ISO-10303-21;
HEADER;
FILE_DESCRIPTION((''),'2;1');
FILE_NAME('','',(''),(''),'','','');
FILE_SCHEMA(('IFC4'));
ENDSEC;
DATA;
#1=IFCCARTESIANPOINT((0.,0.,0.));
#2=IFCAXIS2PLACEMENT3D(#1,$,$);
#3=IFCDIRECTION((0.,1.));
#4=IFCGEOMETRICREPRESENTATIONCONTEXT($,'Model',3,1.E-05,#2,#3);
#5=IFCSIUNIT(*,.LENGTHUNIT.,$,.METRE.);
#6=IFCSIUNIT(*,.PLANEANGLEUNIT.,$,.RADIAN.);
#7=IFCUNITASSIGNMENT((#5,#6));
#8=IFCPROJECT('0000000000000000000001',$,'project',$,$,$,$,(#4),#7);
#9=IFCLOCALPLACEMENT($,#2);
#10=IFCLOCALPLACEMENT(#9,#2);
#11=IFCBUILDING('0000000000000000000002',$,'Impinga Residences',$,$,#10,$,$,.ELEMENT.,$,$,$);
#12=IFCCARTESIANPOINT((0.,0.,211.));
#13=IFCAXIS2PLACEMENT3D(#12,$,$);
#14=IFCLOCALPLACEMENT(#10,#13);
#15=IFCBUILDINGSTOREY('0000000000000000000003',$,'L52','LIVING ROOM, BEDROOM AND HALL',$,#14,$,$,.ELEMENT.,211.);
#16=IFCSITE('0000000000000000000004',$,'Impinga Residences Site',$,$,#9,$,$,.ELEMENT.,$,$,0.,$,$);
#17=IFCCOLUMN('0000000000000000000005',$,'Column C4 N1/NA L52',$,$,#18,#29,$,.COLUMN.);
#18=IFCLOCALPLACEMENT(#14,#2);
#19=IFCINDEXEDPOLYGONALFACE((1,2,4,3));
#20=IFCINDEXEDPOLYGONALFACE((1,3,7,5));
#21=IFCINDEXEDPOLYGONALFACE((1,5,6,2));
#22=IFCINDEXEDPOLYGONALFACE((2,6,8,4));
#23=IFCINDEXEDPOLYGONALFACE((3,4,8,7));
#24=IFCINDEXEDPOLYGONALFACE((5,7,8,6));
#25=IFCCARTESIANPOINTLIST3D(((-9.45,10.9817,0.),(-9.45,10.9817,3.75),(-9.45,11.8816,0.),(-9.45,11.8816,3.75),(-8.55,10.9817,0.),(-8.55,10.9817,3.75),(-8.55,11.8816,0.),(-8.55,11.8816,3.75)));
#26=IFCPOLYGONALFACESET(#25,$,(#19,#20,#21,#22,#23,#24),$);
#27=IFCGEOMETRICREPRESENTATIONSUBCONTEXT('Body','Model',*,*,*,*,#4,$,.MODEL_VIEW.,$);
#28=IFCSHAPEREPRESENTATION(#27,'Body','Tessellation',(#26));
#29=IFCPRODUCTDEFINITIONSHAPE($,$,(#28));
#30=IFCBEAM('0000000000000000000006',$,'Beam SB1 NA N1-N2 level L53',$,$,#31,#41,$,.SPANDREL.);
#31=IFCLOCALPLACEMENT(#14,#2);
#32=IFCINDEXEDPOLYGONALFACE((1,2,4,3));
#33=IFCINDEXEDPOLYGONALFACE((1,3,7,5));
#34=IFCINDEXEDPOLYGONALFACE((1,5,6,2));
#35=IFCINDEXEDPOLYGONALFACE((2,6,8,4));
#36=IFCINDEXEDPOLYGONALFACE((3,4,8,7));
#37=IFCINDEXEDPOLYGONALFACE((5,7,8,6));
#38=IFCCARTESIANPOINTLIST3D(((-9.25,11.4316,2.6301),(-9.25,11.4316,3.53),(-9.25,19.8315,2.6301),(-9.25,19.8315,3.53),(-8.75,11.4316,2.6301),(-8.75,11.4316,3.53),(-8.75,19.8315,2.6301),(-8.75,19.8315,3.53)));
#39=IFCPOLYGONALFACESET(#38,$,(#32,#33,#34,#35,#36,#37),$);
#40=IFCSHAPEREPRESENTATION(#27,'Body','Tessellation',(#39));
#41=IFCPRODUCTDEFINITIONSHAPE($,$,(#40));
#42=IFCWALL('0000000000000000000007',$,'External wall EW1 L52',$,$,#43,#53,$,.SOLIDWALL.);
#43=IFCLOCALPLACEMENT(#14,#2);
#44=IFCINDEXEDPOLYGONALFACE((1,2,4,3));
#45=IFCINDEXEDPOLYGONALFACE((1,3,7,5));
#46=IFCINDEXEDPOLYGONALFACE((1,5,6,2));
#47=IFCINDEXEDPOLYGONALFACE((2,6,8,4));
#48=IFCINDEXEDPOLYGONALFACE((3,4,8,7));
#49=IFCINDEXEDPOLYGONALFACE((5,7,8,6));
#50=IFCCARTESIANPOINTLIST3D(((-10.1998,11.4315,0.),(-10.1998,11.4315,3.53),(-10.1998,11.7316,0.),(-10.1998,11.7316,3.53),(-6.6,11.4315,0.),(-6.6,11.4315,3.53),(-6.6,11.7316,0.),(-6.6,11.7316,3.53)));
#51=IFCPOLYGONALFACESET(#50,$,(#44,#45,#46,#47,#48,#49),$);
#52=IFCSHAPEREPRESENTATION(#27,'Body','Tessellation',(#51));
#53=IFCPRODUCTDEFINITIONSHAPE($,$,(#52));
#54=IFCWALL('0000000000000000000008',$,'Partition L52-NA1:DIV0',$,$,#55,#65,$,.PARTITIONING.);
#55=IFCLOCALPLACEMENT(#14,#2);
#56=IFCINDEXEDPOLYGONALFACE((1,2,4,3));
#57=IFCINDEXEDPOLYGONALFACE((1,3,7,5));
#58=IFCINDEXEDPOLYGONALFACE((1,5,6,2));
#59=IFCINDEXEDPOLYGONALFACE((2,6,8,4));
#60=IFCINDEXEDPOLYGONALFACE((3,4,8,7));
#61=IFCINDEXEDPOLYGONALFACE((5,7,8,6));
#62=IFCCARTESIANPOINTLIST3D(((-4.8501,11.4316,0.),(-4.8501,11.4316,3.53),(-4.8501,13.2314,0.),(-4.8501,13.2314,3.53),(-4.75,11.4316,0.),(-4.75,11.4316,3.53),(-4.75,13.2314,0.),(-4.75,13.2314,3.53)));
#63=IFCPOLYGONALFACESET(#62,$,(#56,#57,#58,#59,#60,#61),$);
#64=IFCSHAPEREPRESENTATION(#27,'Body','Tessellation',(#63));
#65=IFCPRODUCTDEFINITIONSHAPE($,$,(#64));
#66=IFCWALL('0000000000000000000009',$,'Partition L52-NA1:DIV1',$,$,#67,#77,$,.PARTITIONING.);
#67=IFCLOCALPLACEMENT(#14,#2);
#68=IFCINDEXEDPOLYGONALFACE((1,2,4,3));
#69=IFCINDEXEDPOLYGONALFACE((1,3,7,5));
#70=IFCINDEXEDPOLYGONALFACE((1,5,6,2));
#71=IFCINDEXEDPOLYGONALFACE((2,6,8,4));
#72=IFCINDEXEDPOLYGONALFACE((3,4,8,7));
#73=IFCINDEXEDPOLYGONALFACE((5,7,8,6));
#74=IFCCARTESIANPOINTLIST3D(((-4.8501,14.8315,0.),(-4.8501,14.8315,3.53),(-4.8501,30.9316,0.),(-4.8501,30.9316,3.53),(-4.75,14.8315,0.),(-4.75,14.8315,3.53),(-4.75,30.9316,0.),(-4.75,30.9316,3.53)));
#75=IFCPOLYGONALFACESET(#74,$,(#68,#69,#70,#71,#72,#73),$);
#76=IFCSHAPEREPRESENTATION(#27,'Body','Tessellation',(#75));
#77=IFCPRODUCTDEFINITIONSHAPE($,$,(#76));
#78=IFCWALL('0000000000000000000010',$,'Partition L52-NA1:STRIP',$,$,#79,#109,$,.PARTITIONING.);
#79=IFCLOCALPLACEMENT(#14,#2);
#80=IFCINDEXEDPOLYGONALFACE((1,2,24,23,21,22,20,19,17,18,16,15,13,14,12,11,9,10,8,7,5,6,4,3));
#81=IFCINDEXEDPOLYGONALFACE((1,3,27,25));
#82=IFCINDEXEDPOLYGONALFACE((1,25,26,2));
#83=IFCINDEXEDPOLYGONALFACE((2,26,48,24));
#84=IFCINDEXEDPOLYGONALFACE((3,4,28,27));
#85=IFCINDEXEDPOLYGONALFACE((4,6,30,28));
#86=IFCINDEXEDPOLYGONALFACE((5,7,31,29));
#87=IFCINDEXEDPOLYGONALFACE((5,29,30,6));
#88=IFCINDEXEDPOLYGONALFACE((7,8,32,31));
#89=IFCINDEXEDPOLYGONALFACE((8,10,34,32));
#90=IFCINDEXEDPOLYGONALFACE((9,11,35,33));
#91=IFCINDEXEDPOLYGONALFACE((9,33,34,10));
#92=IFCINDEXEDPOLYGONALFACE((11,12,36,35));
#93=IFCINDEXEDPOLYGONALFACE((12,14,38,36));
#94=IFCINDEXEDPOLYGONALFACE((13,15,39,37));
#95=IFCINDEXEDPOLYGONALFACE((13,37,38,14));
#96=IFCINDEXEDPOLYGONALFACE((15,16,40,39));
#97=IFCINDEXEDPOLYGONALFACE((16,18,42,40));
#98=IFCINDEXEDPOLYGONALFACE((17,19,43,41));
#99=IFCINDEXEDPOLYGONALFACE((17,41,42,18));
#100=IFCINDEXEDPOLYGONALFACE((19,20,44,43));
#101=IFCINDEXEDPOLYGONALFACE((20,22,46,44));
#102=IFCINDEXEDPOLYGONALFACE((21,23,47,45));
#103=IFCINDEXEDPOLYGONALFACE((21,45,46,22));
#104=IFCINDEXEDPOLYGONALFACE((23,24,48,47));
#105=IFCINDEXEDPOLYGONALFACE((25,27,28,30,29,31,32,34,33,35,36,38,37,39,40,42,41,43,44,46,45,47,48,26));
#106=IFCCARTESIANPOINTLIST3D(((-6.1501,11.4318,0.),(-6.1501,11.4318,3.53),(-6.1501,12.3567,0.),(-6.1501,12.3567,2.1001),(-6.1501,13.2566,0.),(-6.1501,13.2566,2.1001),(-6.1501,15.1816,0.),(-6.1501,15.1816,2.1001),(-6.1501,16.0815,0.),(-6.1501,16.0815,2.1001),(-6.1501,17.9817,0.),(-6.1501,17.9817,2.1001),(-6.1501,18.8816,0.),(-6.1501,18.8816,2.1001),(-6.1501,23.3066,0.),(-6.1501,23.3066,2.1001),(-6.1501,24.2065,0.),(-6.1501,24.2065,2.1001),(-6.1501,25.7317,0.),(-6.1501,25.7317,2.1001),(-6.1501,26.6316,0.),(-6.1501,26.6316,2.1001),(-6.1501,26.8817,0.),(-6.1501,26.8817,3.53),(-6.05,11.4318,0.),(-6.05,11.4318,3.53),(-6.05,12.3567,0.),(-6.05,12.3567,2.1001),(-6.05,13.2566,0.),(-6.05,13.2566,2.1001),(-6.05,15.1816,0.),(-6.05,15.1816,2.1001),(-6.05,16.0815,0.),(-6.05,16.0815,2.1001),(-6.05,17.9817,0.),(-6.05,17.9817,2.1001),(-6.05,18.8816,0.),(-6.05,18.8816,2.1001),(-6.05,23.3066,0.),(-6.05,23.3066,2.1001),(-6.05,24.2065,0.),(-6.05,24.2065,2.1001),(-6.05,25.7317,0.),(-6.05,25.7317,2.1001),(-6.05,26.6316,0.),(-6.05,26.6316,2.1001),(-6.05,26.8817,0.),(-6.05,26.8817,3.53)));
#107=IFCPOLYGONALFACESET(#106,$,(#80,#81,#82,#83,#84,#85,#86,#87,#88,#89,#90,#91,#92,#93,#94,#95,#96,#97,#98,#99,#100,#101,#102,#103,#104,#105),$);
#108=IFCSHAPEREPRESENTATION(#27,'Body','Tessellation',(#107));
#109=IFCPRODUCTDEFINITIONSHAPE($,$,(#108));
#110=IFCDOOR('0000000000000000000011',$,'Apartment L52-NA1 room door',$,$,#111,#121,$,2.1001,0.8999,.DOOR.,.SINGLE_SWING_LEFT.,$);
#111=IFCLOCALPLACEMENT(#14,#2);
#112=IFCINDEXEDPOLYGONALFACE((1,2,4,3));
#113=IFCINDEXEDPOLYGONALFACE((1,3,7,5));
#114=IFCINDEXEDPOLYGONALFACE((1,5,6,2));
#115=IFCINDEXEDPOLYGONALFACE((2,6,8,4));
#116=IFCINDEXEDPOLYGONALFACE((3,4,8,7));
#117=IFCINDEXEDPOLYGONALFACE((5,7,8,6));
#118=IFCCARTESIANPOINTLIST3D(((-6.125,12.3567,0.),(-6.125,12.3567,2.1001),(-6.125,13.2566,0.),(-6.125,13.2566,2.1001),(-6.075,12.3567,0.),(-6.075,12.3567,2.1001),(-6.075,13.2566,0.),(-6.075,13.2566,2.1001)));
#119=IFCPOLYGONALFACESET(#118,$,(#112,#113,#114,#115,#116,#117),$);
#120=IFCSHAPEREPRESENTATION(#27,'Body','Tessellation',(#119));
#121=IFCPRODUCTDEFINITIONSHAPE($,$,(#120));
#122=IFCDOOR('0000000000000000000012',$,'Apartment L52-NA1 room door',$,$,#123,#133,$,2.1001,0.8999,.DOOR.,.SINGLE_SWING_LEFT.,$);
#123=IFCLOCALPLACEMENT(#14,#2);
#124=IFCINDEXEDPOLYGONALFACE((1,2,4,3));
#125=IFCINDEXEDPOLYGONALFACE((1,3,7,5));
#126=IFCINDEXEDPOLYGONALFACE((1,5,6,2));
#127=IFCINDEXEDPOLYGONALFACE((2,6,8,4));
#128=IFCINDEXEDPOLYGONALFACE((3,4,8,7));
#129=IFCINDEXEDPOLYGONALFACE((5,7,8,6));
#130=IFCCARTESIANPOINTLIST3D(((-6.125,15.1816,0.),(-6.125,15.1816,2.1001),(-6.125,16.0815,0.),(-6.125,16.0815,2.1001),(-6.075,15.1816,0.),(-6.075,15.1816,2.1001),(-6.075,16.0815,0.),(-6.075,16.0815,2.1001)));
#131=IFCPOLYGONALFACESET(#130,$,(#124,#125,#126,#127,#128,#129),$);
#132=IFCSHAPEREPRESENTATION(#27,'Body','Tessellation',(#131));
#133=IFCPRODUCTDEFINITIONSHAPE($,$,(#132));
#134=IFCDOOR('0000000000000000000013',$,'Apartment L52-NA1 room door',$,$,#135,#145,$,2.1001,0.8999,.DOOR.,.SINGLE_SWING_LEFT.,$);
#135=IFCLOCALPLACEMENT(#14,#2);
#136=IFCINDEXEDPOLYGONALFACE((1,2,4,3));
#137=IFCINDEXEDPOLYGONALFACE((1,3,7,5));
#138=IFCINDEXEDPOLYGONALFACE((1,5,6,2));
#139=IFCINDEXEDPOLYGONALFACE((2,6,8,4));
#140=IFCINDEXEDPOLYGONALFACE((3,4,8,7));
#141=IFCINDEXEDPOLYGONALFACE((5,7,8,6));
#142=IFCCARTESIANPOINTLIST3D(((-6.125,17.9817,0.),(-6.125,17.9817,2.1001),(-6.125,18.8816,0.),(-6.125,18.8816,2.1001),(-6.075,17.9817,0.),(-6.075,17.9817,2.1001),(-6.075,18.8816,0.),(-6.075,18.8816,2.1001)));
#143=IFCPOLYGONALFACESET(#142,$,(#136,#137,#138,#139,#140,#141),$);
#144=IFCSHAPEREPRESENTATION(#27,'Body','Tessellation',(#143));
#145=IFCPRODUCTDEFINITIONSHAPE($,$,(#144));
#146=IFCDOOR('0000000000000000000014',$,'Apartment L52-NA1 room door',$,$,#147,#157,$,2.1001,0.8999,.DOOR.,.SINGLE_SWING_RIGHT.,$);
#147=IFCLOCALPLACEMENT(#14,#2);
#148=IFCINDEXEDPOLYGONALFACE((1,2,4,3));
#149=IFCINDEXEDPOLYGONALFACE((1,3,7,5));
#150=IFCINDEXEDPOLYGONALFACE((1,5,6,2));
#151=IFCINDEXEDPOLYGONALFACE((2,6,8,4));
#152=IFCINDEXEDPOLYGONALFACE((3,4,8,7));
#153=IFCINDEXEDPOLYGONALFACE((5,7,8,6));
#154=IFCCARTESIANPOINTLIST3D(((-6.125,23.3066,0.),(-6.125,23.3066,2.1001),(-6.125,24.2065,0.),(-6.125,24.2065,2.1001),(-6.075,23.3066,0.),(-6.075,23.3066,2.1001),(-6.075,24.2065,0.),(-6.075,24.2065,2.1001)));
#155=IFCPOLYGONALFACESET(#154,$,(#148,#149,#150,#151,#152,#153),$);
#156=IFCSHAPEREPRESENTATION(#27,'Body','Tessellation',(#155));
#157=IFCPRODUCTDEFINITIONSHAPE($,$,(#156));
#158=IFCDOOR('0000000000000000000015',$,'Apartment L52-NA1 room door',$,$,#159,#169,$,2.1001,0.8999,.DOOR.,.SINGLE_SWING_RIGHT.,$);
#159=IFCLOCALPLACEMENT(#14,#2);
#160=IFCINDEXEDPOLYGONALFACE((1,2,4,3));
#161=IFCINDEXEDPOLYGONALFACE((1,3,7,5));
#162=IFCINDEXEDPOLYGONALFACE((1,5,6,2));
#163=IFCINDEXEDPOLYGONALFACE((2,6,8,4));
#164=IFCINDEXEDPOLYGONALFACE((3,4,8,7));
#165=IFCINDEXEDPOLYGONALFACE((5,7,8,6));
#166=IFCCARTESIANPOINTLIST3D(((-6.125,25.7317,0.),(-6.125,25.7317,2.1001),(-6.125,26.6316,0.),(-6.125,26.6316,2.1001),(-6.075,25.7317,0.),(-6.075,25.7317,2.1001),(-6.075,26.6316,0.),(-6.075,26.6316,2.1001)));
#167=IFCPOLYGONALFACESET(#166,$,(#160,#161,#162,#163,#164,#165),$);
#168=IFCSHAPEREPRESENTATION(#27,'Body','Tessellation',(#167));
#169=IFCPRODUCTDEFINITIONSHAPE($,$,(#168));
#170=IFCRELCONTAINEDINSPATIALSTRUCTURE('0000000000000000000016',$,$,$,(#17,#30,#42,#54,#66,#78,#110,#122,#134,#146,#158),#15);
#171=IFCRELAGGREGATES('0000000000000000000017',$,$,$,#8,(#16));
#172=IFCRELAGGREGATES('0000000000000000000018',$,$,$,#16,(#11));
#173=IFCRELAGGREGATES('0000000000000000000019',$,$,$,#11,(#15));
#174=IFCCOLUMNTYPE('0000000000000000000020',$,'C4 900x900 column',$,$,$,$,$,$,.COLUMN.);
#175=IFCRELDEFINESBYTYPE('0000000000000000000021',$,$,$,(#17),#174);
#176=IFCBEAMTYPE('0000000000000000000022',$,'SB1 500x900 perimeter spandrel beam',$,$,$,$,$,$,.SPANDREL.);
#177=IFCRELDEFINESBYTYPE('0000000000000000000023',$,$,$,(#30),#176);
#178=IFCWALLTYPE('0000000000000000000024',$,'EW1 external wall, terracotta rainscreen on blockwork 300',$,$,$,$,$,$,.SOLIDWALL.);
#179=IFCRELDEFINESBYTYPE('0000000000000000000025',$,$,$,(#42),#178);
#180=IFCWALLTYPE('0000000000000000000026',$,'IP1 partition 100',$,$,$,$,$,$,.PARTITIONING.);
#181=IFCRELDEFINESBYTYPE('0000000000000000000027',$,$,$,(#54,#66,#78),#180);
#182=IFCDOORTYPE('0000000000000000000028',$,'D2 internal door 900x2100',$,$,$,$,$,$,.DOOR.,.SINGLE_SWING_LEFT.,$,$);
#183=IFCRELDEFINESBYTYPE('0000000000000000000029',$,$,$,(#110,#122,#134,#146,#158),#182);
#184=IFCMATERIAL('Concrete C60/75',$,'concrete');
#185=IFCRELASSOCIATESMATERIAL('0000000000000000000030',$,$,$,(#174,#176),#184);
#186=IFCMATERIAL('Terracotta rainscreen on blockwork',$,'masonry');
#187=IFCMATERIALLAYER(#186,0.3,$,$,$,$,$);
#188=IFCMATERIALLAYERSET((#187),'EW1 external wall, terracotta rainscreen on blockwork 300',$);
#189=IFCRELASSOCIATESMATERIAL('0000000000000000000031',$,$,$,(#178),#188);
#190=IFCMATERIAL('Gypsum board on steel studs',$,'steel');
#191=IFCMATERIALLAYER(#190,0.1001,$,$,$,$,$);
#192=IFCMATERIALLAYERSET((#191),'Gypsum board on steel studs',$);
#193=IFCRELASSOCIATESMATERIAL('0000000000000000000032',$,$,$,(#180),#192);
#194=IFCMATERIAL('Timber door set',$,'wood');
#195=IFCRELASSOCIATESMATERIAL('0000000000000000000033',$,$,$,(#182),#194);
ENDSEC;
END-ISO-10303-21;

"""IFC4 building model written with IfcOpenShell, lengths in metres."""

from ifc_helpers import new_model, si_unit, direction, frame, frame_2d, origin, origin_2d, place, context, subcontext, project, spatial, rectangle, extrude, material, layer, layer_set, material_profile, profile_set, type_object, element, fill, save


model = new_model("IFC4")

# Units and contexts
model_context = context("Model", 3, precision=1e-05, world=origin(), true_north=direction((0.0, 1.0)))
body_context = subcontext(model_context, "Body", "Model", "MODEL_VIEW")
ifc_project = project(units=[si_unit("LENGTHUNIT", "METRE"), si_unit("PLANEANGLEUNIT", "RADIAN")], contexts=[model_context])

# Site, building, storey
site_placement = place(None, origin())
site = spatial("IfcSite", under=ifc_project, at=site_placement, Name="Impinga Residences Site", CompositionType="ELEMENT", RefElevation=0.0)
building_placement = place(site_placement, origin())
building = spatial("IfcBuilding", under=site, at=building_placement, Name="Impinga Residences", CompositionType="ELEMENT")
storey_placement = place(building_placement, frame((0.0, 0.0, 211.0)))
storey = spatial("IfcBuildingStorey", under=building, at=storey_placement, Name="L52", Description="LIVING ROOM, BEDROOM AND HALL", CompositionType="ELEMENT", Elevation=211.0)

# Column
ifc_material_1 = material(Name="Concrete C60/75", Category="concrete")
ifc_material_profile_1 = material_profile(ifc_material_1, rectangle(XDim=0.8999, YDim=0.8999, at=origin_2d()), Name="RC 900x900")
ifc_profile_set_1 = profile_set([ifc_material_profile_1], Name="Concrete C60/75")
column_type = type_object("IfcColumnType", Name="C4 900x900 column", PredefinedType="COLUMN", material=ifc_profile_set_1)
column_placement = place(storey_placement, frame((-9.0, 11.4316, 0.0), z_axis=(0.0, 0.0, 1.0), x_axis=(1.0, 0.0, 0.0)))
element("IfcColumn", 1, at=column_placement, inside=storey, type_object=column_type, Name="Column C4 N1/NA L52", PredefinedType="COLUMN", context=body_context, shape_type="SweptSolid", body=[
    extrude(rectangle(XDim=0.8999, YDim=0.8999, at=origin_2d()), origin(), (0.0, 0.0, 1.0), 3.75),
])

# Beam
ifc_material_profile_2 = material_profile(ifc_material_1, rectangle(XDim=0.5, YDim=0.8999, at=origin_2d()), Name="RC 500x900")
ifc_profile_set_2 = profile_set([ifc_material_profile_2], Name="Concrete C60/75")
beam_type = type_object("IfcBeamType", Name="SB1 500x900 perimeter spandrel beam", PredefinedType="SPANDREL", material=ifc_profile_set_2)
beam_placement = place(storey_placement, frame((-9.0, 11.4316, 3.0801), z_axis=(0.0, 1.0, 0.0), x_axis=(-1.0, 0.0, 0.0)))
element("IfcBeam", 2, at=beam_placement, inside=storey, type_object=beam_type, Name="Beam SB1 NA N1-N2 level L53", PredefinedType="SPANDREL", context=body_context, shape_type="SweptSolid", body=[
    extrude(rectangle(XDim=0.5, YDim=0.8999, at=origin_2d()), origin(), (0.0, 0.0, 1.0), 8.3999),
])

# Walls
ifc_material_2 = material(Name="Terracotta rainscreen on blockwork", Category="masonry")
ifc_layer_1 = layer(ifc_material_2, 0.3)
ifc_layer_set_1 = layer_set([ifc_layer_1], Name="EW1 external wall, terracotta rainscreen on blockwork 300")
wall_type_1 = type_object("IfcWallType", Name="EW1 external wall, terracotta rainscreen on blockwork 300", PredefinedType="SOLIDWALL", material=ifc_layer_set_1)
wall_1_placement = place(storey_placement, frame((-6.6001, 11.5815, 0.0), z_axis=(0.0, 0.0, 1.0), x_axis=(-1.0, 0.0, 0.0)))
element("IfcWall", 3, at=wall_1_placement, inside=storey, type_object=wall_type_1, Name="External wall EW1 L52", PredefinedType="SOLIDWALL", context=body_context, shape_type="SweptSolid", body=[
    extrude(rectangle(XDim=3.5999, YDim=0.3, at=frame_2d((1.7998, 0.0))), origin(), (0.0, 0.0, 1.0), 3.53),
])
ifc_material_3 = material(Name="Gypsum board on steel studs", Category="steel")
ifc_layer_2 = layer(ifc_material_3, 0.1001)
ifc_layer_set_2 = layer_set([ifc_layer_2], Name="Gypsum board on steel studs")
wall_type_2 = type_object("IfcWallType", Name="IP1 partition 100", PredefinedType="PARTITIONING", material=ifc_layer_set_2)
wall_2_placement = place(storey_placement, frame((-4.8, 11.4316, 0.0), z_axis=(0.0, 0.0, 1.0), x_axis=(0.0, 1.0, 0.0)))
element("IfcWall", 4, at=wall_2_placement, inside=storey, type_object=wall_type_2, Name="Partition L52-NA1:DIV0", PredefinedType="PARTITIONING", context=body_context, shape_type="SweptSolid", body=[
    extrude(rectangle(XDim=1.7998, YDim=0.1001, at=frame_2d((0.8999, 0.0))), origin(), (0.0, 0.0, 1.0), 3.53),
])
wall_3_placement = place(storey_placement, frame((-4.8, 14.8315, 0.0), z_axis=(0.0, 0.0, 1.0), x_axis=(0.0, 1.0, 0.0)))
element("IfcWall", 5, at=wall_3_placement, inside=storey, type_object=wall_type_2, Name="Partition L52-NA1:DIV1", PredefinedType="PARTITIONING", context=body_context, shape_type="SweptSolid", body=[
    extrude(rectangle(XDim=16.1001, YDim=0.1001, at=frame_2d((8.05, 0.0))), origin(), (0.0, 0.0, 1.0), 3.53),
])

# Wall, openings, doors
wall_4_placement = place(storey_placement, frame((-6.1001, 11.4316, 0.0), z_axis=(0.0, 0.0, 1.0), x_axis=(0.0, 1.0, 0.0)))
wall_4 = element("IfcWall", 6, at=wall_4_placement, inside=storey, type_object=wall_type_2, Name="Partition L52-NA1:STRIP", PredefinedType="PARTITIONING", context=body_context, shape_type="SweptSolid", body=[
    extrude(rectangle(XDim=15.45, YDim=0.1001, at=frame_2d((7.7251, 0.0))), origin(), (0.0, 0.0, 1.0), 3.53),
])
opening_1_placement = place(wall_4_placement, frame((0.925, 0.0, 0.0)))
opening_1 = element("IfcOpeningElement", 7, at=opening_1_placement, cuts=wall_4, PredefinedType="OPENING", context=body_context, shape_type="SweptSolid", body=[
    extrude(rectangle(XDim=0.8999, YDim=2.1001, at=frame_2d((0.45, 1.05))), frame((0.0, 0.0601, 0.0), z_axis=(0.0, -1.0, 0.0), x_axis=(1.0, 0.0, 0.0)), (0.0, 0.0, 1.0), 0.1201),
])
opening_2_placement = place(wall_4_placement, frame((3.75, 0.0, 0.0)))
opening_2 = element("IfcOpeningElement", 8, at=opening_2_placement, cuts=wall_4, PredefinedType="OPENING", context=body_context, shape_type="SweptSolid", body=[
    extrude(rectangle(XDim=0.8999, YDim=2.1001, at=frame_2d((0.45, 1.05))), frame((0.0, 0.0601, 0.0), z_axis=(0.0, -1.0, 0.0), x_axis=(1.0, 0.0, 0.0)), (0.0, 0.0, 1.0), 0.1201),
])
opening_3_placement = place(wall_4_placement, frame((6.55, 0.0, 0.0)))
opening_3 = element("IfcOpeningElement", 9, at=opening_3_placement, cuts=wall_4, PredefinedType="OPENING", context=body_context, shape_type="SweptSolid", body=[
    extrude(rectangle(XDim=0.8999, YDim=2.1001, at=frame_2d((0.45, 1.05))), frame((0.0, 0.0601, 0.0), z_axis=(0.0, -1.0, 0.0), x_axis=(1.0, 0.0, 0.0)), (0.0, 0.0, 1.0), 0.1201),
])
opening_4_placement = place(wall_4_placement, frame((11.875, 0.0, 0.0)))
opening_4 = element("IfcOpeningElement", 10, at=opening_4_placement, cuts=wall_4, PredefinedType="OPENING", context=body_context, shape_type="SweptSolid", body=[
    extrude(rectangle(XDim=0.8999, YDim=2.1001, at=frame_2d((0.45, 1.05))), frame((0.0, 0.0601, 0.0), z_axis=(0.0, -1.0, 0.0), x_axis=(1.0, 0.0, 0.0)), (0.0, 0.0, 1.0), 0.1201),
])
opening_5_placement = place(wall_4_placement, frame((14.3, 0.0, 0.0)))
opening_5 = element("IfcOpeningElement", 11, at=opening_5_placement, cuts=wall_4, PredefinedType="OPENING", context=body_context, shape_type="SweptSolid", body=[
    extrude(rectangle(XDim=0.8999, YDim=2.1001, at=frame_2d((0.45, 1.05))), frame((0.0, 0.0601, 0.0), z_axis=(0.0, -1.0, 0.0), x_axis=(1.0, 0.0, 0.0)), (0.0, 0.0, 1.0), 0.1201),
])
ifc_material_4 = material(Name="Timber door set", Category="wood")
door_type = type_object("IfcDoorType", Name="D2 internal door 900x2100", OperationType="SINGLE_SWING_LEFT", PredefinedType="DOOR", material=ifc_material_4)
door_1_placement = place(opening_1_placement, origin())
door_1 = element("IfcDoor", 12, at=door_1_placement, inside=storey, type_object=door_type, Name="Apartment L52-NA1 room door", OperationType="SINGLE_SWING_LEFT", OverallHeight=2.1001, OverallWidth=0.8999, PredefinedType="DOOR", context=body_context, shape_type="SweptSolid", body=[
    extrude(rectangle(XDim=0.8999, YDim=2.1001, at=frame_2d((0.45, 1.05))), frame((0.0, 0.0249, 0.0), z_axis=(0.0, -1.0, 0.0), x_axis=(1.0, 0.0, 0.0)), (0.0, 0.0, 1.0), 0.05),
])
fill(opening_1, door_1)
door_2_placement = place(opening_2_placement, origin())
door_2 = element("IfcDoor", 13, at=door_2_placement, inside=storey, type_object=door_type, Name="Apartment L52-NA1 room door", OperationType="SINGLE_SWING_LEFT", OverallHeight=2.1001, OverallWidth=0.8999, PredefinedType="DOOR", context=body_context, shape_type="SweptSolid", body=[
    extrude(rectangle(XDim=0.8999, YDim=2.1001, at=frame_2d((0.45, 1.05))), frame((0.0, 0.0249, 0.0), z_axis=(0.0, -1.0, 0.0), x_axis=(1.0, 0.0, 0.0)), (0.0, 0.0, 1.0), 0.05),
])
fill(opening_2, door_2)
door_3_placement = place(opening_3_placement, origin())
door_3 = element("IfcDoor", 14, at=door_3_placement, inside=storey, type_object=door_type, Name="Apartment L52-NA1 room door", OperationType="SINGLE_SWING_LEFT", OverallHeight=2.1001, OverallWidth=0.8999, PredefinedType="DOOR", context=body_context, shape_type="SweptSolid", body=[
    extrude(rectangle(XDim=0.8999, YDim=2.1001, at=frame_2d((0.45, 1.05))), frame((0.0, 0.0249, 0.0), z_axis=(0.0, -1.0, 0.0), x_axis=(1.0, 0.0, 0.0)), (0.0, 0.0, 1.0), 0.05),
])
fill(opening_3, door_3)
door_4_placement = place(opening_4_placement, origin())
door_4 = element("IfcDoor", 15, at=door_4_placement, inside=storey, type_object=door_type, Name="Apartment L52-NA1 room door", OperationType="SINGLE_SWING_RIGHT", OverallHeight=2.1001, OverallWidth=0.8999, PredefinedType="DOOR", context=body_context, shape_type="SweptSolid", body=[
    extrude(rectangle(XDim=0.8999, YDim=2.1001, at=frame_2d((0.45, 1.05))), frame((0.0, 0.0249, 0.0), z_axis=(0.0, -1.0, 0.0), x_axis=(1.0, 0.0, 0.0)), (0.0, 0.0, 1.0), 0.05),
])
fill(opening_4, door_4)
door_5_placement = place(opening_5_placement, origin())
door_5 = element("IfcDoor", 16, at=door_5_placement, inside=storey, type_object=door_type, Name="Apartment L52-NA1 room door", OperationType="SINGLE_SWING_RIGHT", OverallHeight=2.1001, OverallWidth=0.8999, PredefinedType="DOOR", context=body_context, shape_type="SweptSolid", body=[
    extrude(rectangle(XDim=0.8999, YDim=2.1001, at=frame_2d((0.45, 1.05))), frame((0.0, 0.0249, 0.0), z_axis=(0.0, -1.0, 0.0), x_axis=(1.0, 0.0, 0.0)), (0.0, 0.0, 1.0), 0.05),
])
fill(opening_5, door_5)

save(model, "model.ifc")
